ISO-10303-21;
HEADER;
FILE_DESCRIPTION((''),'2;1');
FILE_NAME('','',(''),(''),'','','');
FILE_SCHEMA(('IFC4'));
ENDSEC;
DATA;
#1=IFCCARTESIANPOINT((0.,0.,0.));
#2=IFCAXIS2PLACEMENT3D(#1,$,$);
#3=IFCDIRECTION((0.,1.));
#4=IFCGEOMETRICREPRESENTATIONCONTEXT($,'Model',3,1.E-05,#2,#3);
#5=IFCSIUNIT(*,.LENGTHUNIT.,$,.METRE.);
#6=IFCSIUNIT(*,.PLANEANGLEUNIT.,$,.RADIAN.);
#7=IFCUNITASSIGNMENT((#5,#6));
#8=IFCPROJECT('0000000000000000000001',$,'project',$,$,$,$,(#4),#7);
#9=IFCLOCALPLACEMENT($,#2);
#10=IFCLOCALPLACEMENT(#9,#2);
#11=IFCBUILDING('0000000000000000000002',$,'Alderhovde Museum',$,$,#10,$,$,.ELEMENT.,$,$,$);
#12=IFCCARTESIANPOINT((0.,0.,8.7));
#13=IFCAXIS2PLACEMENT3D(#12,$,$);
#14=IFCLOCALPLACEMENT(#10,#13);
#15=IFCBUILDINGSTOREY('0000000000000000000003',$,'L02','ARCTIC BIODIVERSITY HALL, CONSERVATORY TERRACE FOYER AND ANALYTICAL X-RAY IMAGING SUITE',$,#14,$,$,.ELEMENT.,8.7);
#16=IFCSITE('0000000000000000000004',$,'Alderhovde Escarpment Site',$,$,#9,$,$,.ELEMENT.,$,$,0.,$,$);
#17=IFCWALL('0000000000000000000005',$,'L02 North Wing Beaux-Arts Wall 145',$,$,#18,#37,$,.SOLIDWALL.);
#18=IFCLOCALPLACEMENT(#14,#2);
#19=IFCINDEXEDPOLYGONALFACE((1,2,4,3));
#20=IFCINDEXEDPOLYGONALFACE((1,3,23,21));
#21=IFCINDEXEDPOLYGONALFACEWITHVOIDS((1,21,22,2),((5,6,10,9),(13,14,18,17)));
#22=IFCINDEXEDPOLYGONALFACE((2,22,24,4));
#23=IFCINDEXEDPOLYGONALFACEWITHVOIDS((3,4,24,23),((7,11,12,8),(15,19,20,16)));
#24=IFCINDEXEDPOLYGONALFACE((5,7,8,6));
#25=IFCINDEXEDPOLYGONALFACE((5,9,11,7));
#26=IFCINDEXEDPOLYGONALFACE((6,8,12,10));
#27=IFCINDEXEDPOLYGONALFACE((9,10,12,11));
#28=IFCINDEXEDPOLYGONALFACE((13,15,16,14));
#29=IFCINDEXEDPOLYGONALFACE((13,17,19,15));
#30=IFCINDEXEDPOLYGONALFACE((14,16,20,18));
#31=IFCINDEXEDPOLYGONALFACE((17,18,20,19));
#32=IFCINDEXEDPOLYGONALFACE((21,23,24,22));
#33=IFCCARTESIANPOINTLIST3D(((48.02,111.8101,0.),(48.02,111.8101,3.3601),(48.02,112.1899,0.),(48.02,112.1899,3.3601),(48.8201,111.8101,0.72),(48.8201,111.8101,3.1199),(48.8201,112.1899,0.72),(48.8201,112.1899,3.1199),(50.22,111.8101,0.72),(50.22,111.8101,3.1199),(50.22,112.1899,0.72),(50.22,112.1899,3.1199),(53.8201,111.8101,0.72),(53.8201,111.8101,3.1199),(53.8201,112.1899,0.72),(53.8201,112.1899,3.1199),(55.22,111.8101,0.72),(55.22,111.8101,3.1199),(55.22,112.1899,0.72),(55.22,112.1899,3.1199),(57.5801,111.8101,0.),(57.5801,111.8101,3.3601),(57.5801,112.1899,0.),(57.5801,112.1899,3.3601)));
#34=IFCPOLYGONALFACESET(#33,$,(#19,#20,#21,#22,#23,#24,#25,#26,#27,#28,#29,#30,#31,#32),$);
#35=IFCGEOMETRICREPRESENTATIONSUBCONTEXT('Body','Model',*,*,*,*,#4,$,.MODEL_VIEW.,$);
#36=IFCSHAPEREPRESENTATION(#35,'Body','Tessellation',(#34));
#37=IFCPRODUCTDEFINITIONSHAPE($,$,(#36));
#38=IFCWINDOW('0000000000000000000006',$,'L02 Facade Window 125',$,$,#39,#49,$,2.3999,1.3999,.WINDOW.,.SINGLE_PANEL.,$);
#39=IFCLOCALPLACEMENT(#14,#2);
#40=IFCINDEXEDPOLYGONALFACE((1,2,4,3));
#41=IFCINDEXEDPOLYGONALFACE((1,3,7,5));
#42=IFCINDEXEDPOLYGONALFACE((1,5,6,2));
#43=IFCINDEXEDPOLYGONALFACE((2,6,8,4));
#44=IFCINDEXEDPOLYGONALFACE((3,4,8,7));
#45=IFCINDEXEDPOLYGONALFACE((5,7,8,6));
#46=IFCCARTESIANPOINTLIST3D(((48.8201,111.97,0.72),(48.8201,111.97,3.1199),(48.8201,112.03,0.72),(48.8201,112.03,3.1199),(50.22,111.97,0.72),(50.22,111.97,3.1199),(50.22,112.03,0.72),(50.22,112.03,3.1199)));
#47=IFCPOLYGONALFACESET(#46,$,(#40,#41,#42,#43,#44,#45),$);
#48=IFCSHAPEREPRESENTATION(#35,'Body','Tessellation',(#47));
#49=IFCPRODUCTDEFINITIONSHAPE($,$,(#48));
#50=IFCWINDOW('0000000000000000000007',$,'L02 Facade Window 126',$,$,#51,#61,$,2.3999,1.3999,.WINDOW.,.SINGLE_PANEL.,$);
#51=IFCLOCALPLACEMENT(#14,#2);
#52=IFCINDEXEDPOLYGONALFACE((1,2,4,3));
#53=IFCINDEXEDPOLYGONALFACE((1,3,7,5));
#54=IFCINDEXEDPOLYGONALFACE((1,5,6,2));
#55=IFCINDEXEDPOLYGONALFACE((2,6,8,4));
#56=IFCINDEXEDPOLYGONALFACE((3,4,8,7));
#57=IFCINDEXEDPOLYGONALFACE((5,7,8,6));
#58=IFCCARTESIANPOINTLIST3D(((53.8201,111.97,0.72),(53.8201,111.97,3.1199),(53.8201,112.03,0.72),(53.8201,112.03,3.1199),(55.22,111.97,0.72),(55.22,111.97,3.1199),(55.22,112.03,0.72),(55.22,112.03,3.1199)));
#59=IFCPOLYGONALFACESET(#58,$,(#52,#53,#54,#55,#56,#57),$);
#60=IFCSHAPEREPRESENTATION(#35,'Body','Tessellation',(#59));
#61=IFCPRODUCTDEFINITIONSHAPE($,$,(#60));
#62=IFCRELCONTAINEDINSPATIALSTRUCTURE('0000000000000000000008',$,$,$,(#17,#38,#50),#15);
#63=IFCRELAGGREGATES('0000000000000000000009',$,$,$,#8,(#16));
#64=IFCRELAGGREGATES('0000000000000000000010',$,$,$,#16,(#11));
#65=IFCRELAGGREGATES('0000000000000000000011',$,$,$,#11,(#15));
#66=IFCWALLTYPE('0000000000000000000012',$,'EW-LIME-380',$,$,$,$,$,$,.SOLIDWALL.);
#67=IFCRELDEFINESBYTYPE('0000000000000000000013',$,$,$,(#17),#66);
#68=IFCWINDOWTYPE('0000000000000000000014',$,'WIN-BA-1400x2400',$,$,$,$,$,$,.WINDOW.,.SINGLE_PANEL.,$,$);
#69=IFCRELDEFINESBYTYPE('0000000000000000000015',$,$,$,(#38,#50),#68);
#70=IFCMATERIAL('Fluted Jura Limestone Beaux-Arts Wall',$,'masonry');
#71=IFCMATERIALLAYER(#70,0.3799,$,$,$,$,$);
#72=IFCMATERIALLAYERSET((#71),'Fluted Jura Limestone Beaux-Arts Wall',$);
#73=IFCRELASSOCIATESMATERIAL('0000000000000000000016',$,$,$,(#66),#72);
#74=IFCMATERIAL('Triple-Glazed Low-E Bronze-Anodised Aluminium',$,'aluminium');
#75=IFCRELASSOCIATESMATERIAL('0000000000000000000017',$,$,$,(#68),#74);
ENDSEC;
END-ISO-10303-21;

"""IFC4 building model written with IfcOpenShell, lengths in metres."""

from ifc_helpers import new_model, si_unit, direction, frame, frame_2d, origin, place, context, subcontext, project, spatial, rectangle, extrude, material, layer, layer_set, type_object, element, fill, save


model = new_model("IFC4")

# Units and contexts
model_context = context("Model", 3, precision=1e-05, world=origin(), true_north=direction((0.0, 1.0)))
body_context = subcontext(model_context, "Body", "Model", "MODEL_VIEW")
ifc_project = project(units=[si_unit("LENGTHUNIT", "METRE"), si_unit("PLANEANGLEUNIT", "RADIAN")], contexts=[model_context])

# Site, building, storey
site_placement = place(None, origin())
site = spatial("IfcSite", under=ifc_project, at=site_placement, Name="Alderhovde Escarpment Site", CompositionType="ELEMENT", RefElevation=0.0)
building_placement = place(site_placement, origin())
building = spatial("IfcBuilding", under=site, at=building_placement, Name="Alderhovde Museum", CompositionType="ELEMENT")
storey_placement = place(building_placement, frame((0.0, 0.0, 8.7)))
storey = spatial("IfcBuildingStorey", under=building, at=storey_placement, Name="L02", Description="ARCTIC BIODIVERSITY HALL, CONSERVATORY TERRACE FOYER AND ANALYTICAL X-RAY IMAGING SUITE", CompositionType="ELEMENT", Elevation=8.7)

# Shared definitions
ifc_material_1 = material(Name="Fluted Jura Limestone Beaux-Arts Wall", Category="masonry")
ifc_layer_1 = layer(ifc_material_1, 0.3799)
ifc_layer_set_1 = layer_set([ifc_layer_1], Name="Fluted Jura Limestone Beaux-Arts Wall")
wall_type = type_object("IfcWallType", Name="EW-LIME-380", PredefinedType="SOLIDWALL", material=ifc_layer_set_1)

# Wall, openings, windows
wall_1_placement = place(storey_placement, frame((48.02, 112.0, 0.0), z_axis=(0.0, 0.0, 1.0), x_axis=(1.0, 0.0, 0.0)))
wall_1 = element("IfcWall", 1, at=wall_1_placement, inside=storey, type_object=wall_type, Name="L02 North Wing Beaux-Arts Wall 145", PredefinedType="SOLIDWALL", context=body_context, shape_type="SweptSolid", body=[
    extrude(rectangle(XDim=9.5601, YDim=0.3799, at=frame_2d((4.78, 0.0))), origin(), (0.0, 0.0, 1.0), 3.3601),
])
opening_1_placement = place(wall_1_placement, frame((0.8, 0.0, 0.72)))
opening_1 = element("IfcOpeningElement", 2, at=opening_1_placement, cuts=wall_1, PredefinedType="OPENING", context=body_context, shape_type="SweptSolid", body=[
    extrude(rectangle(XDim=1.3999, YDim=2.3999, at=frame_2d((0.7, 1.2))), frame((0.0, 0.2, 0.0), z_axis=(0.0, -1.0, 0.0), x_axis=(1.0, 0.0, 0.0)), (0.0, 0.0, 1.0), 0.3999),
])
opening_2_placement = place(wall_1_placement, frame((5.8, 0.0, 0.72)))
opening_2 = element("IfcOpeningElement", 3, at=opening_2_placement, cuts=wall_1, PredefinedType="OPENING", context=body_context, shape_type="SweptSolid", body=[
    extrude(rectangle(XDim=1.3999, YDim=2.3999, at=frame_2d((0.7, 1.2))), frame((0.0, 0.2, 0.0), z_axis=(0.0, -1.0, 0.0), x_axis=(1.0, 0.0, 0.0)), (0.0, 0.0, 1.0), 0.3999),
])
ifc_material_2 = material(Name="Triple-Glazed Low-E Bronze-Anodised Aluminium", Category="aluminium")
window_type = type_object("IfcWindowType", Name="WIN-BA-1400x2400", PartitioningType="SINGLE_PANEL", PredefinedType="WINDOW", material=ifc_material_2)
window_1_placement = place(opening_1_placement, origin())
window_1 = element("IfcWindow", 4, at=window_1_placement, inside=storey, type_object=window_type, Name="L02 Facade Window 125", OverallHeight=2.3999, OverallWidth=1.3999, PartitioningType="SINGLE_PANEL", PredefinedType="WINDOW", context=body_context, shape_type="SweptSolid", body=[
    extrude(rectangle(XDim=1.3999, YDim=2.3999, at=frame_2d((0.7, 1.2))), frame((0.0, 0.03, 0.0), z_axis=(0.0, -1.0, 0.0), x_axis=(1.0, 0.0, 0.0)), (0.0, 0.0, 1.0), 0.0601),
])
fill(opening_1, window_1)
window_2_placement = place(opening_2_placement, origin())
window_2 = element("IfcWindow", 5, at=window_2_placement, inside=storey, type_object=window_type, Name="L02 Facade Window 126", OverallHeight=2.3999, OverallWidth=1.3999, PartitioningType="SINGLE_PANEL", PredefinedType="WINDOW", context=body_context, shape_type="SweptSolid", body=[
    extrude(rectangle(XDim=1.3999, YDim=2.3999, at=frame_2d((0.7, 1.2))), frame((0.0, 0.03, 0.0), z_axis=(0.0, -1.0, 0.0), x_axis=(1.0, 0.0, 0.0)), (0.0, 0.0, 1.0), 0.0601),
])
fill(opening_2, window_2)

save(model, "model.ifc")
